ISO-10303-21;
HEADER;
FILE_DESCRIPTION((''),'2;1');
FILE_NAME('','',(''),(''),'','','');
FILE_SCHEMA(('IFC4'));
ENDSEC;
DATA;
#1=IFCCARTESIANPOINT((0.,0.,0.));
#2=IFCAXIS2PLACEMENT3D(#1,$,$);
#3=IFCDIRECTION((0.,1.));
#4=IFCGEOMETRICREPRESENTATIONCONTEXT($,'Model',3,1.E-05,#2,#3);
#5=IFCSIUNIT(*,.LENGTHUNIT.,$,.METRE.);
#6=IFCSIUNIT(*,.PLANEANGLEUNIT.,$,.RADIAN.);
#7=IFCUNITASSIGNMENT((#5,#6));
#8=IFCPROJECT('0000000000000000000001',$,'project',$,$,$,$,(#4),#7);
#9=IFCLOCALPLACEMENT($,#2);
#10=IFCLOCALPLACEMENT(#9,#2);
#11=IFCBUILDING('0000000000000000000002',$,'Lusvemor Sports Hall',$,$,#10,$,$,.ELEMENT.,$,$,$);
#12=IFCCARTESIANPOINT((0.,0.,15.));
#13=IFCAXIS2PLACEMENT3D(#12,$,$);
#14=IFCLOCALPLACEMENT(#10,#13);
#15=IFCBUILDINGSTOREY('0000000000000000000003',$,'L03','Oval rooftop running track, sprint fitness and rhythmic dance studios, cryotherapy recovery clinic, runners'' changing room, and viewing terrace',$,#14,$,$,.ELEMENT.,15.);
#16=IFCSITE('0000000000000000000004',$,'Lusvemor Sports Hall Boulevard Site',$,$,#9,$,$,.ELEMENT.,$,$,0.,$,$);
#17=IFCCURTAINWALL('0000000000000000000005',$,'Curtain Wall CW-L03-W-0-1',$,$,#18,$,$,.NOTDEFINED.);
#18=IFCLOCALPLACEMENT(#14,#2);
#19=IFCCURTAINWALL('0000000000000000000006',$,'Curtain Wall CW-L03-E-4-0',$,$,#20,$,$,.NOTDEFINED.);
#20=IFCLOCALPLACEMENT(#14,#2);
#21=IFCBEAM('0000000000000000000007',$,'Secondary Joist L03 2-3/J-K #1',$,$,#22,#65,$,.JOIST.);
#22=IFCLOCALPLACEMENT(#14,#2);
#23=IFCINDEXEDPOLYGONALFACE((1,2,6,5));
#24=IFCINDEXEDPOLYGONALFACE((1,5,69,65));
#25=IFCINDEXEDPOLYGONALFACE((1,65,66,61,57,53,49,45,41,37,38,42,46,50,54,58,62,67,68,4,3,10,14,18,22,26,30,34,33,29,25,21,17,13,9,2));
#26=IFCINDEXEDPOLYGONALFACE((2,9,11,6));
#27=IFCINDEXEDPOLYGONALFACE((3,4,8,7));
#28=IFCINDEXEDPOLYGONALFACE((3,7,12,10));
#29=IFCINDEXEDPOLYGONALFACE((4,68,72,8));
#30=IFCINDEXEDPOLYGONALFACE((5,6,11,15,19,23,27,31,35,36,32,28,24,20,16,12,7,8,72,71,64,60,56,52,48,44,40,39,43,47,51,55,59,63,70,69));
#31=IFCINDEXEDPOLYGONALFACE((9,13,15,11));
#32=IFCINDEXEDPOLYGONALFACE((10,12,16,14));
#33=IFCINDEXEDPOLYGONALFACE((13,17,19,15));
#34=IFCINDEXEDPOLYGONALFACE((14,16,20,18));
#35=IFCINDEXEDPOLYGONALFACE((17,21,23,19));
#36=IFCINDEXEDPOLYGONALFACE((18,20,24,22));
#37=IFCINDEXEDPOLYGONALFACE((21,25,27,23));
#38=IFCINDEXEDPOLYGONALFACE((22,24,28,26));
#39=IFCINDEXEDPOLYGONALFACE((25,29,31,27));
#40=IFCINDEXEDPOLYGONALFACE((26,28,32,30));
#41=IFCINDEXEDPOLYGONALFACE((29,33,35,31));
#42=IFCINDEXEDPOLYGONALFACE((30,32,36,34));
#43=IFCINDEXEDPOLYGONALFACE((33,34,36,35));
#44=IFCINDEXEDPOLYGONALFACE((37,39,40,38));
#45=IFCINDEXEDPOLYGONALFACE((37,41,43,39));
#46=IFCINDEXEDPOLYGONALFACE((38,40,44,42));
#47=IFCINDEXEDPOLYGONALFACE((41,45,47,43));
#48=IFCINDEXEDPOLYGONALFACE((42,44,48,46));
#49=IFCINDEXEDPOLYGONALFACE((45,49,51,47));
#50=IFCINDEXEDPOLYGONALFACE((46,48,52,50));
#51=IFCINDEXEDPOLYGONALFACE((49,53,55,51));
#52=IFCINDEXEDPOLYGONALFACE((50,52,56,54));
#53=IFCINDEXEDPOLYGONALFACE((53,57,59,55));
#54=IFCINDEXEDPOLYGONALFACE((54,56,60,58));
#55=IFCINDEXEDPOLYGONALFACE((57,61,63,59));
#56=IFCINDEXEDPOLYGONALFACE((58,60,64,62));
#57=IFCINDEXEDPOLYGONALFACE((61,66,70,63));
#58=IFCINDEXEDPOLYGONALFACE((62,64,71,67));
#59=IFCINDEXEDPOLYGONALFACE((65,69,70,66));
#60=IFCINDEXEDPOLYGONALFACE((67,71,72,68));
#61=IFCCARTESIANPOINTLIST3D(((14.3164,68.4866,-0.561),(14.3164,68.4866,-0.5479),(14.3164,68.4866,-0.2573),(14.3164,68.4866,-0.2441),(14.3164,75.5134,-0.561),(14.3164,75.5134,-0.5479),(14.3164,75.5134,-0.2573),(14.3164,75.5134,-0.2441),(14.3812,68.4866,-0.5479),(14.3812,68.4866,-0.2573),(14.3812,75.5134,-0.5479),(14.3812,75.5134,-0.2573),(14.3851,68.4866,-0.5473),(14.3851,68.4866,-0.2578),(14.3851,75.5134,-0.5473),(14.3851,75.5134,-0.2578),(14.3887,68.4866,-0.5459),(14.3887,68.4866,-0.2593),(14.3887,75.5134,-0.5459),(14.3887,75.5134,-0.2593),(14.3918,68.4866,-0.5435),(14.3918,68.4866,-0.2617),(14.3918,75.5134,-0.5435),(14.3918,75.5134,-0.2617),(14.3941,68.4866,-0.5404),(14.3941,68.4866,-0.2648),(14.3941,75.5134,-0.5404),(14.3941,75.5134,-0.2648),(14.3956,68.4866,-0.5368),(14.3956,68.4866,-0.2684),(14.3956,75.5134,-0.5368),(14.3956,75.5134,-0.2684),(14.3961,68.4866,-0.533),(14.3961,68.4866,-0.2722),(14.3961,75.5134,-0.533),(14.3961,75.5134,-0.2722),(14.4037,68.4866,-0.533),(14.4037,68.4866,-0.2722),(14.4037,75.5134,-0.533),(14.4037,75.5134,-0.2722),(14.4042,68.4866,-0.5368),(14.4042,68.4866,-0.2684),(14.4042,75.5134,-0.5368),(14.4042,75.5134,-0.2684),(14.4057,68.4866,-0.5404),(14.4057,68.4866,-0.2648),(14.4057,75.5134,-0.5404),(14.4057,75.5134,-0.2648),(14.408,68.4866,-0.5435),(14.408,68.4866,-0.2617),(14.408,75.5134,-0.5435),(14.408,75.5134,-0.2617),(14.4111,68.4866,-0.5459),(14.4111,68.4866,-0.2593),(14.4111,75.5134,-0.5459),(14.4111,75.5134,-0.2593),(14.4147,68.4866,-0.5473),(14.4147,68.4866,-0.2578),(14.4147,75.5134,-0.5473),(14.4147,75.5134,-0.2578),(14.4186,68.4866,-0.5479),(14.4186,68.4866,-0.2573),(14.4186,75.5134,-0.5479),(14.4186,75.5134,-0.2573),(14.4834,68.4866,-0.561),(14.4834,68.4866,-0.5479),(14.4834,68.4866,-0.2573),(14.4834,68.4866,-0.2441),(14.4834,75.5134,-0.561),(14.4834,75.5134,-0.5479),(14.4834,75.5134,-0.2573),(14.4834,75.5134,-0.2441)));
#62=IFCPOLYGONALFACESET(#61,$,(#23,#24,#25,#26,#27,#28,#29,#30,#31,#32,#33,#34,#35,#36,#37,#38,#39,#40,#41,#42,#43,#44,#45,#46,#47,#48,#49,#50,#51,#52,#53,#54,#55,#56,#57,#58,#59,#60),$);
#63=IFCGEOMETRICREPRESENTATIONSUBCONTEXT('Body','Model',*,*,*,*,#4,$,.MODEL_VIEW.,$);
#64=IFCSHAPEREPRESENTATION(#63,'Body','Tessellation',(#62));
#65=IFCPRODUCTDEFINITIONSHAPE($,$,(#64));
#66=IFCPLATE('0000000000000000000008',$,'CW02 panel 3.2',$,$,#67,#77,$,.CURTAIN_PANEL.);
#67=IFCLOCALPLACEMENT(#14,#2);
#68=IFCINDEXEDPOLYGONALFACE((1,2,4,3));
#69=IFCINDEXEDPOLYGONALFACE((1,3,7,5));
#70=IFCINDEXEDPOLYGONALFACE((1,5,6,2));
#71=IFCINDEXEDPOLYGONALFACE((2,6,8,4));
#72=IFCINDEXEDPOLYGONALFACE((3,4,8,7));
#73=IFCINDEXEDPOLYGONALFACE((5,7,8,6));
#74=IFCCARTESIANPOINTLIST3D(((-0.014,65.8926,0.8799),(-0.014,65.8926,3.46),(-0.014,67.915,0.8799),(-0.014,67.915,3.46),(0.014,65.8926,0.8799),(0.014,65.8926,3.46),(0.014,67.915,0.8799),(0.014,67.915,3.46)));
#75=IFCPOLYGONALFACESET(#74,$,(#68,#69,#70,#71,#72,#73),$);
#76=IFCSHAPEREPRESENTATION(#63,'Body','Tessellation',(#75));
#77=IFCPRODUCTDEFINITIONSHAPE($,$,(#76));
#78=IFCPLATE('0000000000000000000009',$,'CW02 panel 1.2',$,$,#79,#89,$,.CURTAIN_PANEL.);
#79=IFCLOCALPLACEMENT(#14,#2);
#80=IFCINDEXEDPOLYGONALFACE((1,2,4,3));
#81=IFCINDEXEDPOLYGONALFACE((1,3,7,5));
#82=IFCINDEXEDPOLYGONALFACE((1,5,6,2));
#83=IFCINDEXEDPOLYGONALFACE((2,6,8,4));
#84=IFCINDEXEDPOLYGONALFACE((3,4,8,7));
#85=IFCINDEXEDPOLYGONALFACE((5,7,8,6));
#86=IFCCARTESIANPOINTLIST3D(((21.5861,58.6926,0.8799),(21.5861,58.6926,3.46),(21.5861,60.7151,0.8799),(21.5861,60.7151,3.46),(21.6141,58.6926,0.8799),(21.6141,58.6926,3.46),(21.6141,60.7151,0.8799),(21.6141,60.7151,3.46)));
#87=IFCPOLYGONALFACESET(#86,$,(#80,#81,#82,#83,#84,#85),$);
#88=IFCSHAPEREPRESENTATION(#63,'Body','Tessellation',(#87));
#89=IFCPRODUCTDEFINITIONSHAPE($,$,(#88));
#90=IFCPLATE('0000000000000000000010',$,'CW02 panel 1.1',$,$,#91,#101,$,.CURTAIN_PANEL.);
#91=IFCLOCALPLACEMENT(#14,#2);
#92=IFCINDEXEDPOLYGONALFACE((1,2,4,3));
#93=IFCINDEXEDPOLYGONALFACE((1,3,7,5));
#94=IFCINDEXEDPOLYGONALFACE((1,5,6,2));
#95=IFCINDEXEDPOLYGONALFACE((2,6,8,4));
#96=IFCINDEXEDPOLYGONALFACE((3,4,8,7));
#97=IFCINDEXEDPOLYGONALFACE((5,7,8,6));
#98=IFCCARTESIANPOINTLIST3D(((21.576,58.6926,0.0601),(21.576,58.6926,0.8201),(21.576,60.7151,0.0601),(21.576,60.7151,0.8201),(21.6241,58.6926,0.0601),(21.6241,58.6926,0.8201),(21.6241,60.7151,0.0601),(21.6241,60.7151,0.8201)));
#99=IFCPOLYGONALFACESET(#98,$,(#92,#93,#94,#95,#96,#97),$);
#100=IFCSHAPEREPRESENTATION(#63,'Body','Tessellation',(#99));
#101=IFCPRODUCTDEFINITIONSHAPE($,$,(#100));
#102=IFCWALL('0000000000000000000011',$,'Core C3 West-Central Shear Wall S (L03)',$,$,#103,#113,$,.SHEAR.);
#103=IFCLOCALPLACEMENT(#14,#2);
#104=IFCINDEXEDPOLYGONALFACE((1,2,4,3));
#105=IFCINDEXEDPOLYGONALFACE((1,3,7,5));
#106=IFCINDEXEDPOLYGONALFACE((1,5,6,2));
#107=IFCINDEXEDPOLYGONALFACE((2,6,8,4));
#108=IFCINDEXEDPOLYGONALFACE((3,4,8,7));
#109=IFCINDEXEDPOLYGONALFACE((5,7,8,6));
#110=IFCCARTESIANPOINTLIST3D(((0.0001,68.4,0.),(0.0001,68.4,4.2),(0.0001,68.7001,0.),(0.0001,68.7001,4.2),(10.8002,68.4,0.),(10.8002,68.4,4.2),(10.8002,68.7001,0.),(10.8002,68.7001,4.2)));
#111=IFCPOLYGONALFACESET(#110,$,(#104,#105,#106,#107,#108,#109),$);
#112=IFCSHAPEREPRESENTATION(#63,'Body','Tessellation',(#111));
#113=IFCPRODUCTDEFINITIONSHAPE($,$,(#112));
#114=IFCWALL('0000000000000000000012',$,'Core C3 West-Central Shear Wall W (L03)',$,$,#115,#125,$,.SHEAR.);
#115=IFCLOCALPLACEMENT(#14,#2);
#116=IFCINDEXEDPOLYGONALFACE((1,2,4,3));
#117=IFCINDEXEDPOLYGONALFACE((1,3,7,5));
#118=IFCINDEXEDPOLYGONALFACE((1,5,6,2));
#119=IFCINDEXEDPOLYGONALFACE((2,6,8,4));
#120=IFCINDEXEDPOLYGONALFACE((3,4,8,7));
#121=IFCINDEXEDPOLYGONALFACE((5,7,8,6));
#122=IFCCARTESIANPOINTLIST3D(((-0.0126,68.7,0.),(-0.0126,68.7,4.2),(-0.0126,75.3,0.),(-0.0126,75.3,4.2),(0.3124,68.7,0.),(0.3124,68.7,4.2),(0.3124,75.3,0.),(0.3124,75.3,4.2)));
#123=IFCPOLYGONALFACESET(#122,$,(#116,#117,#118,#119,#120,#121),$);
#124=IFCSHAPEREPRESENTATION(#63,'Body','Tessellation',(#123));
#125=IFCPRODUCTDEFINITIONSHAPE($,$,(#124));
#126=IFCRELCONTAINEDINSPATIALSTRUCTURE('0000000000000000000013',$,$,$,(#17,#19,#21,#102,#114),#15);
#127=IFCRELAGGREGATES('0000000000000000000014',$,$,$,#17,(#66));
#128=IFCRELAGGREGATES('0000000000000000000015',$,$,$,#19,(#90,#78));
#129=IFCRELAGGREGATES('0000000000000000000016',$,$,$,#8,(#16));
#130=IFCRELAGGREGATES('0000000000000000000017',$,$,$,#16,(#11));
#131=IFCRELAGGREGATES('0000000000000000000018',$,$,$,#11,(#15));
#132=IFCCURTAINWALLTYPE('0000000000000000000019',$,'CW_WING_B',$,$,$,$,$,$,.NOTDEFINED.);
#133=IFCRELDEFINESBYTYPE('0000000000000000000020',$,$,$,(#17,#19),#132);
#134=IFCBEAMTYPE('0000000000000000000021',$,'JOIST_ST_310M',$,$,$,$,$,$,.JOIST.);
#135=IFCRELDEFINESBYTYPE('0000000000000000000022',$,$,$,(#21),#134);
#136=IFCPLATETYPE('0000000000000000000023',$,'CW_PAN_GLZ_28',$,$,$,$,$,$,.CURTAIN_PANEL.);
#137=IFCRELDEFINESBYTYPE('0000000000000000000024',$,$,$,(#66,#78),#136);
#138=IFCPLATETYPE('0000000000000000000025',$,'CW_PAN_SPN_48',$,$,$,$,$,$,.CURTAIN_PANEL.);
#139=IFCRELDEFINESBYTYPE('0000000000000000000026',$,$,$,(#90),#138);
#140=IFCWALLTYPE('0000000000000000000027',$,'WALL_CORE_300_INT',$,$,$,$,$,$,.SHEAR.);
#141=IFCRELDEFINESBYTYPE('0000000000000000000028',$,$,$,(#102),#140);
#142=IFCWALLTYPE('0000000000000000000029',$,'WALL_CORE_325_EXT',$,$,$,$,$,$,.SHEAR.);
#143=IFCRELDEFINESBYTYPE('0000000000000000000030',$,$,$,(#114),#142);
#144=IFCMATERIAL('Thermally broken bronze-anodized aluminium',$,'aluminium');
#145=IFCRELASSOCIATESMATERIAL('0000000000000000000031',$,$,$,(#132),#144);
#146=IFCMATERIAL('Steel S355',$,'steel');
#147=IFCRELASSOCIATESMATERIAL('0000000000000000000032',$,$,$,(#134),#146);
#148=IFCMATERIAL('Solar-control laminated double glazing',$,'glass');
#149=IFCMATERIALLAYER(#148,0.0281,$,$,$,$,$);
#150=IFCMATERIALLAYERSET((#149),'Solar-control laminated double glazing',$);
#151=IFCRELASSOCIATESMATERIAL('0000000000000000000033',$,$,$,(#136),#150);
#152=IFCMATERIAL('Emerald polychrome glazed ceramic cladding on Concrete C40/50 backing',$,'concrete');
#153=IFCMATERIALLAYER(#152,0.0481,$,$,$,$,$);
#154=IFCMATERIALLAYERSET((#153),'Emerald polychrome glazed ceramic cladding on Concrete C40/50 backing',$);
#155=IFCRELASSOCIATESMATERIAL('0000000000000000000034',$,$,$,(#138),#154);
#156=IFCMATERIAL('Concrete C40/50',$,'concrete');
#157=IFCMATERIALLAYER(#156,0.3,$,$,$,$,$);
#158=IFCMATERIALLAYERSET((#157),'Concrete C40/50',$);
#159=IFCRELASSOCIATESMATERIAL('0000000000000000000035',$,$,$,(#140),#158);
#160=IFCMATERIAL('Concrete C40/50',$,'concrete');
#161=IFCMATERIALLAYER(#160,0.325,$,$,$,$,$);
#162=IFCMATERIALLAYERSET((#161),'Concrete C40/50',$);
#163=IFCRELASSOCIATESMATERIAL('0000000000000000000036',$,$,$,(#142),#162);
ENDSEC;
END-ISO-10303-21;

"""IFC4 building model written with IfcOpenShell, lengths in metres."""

from ifc_helpers import new_model, si_unit, direction, frame, frame_2d, origin, origin_2d, place, context, subcontext, project, spatial, rectangle, i_section, extrude, material, layer, layer_set, material_profile, profile_set, type_object, element, aggregate, save


model = new_model("IFC4")

# Units and contexts
model_context = context("Model", 3, precision=1e-05, world=origin(), true_north=direction((0.0, 1.0)))
body_context = subcontext(model_context, "Body", "Model", "MODEL_VIEW")
ifc_project = project(units=[si_unit("LENGTHUNIT", "METRE"), si_unit("PLANEANGLEUNIT", "RADIAN")], contexts=[model_context])

# Site, building, storey
site_placement = place(None, origin())
site = spatial("IfcSite", under=ifc_project, at=site_placement, Name="Lusvemor Sports Hall Boulevard Site", CompositionType="ELEMENT", RefElevation=0.0)
building_placement = place(site_placement, origin())
building = spatial("IfcBuilding", under=site, at=building_placement, Name="Lusvemor Sports Hall", CompositionType="ELEMENT")
storey_placement = place(building_placement, frame((0.0, 0.0, 15.0)))
storey = spatial("IfcBuildingStorey", under=building, at=storey_placement, Name="L03", Description="Oval rooftop running track, sprint fitness and rhythmic dance studios, cryotherapy recovery clinic, runners' changing room, and viewing terrace", CompositionType="ELEMENT", Elevation=15.0)

# Curtain wall
ifc_material_1 = material(Name="Thermally broken bronze-anodized aluminium", Category="aluminium")
curtain_wall_type = type_object("IfcCurtainWallType", Name="CW_WING_B", PredefinedType="NOTDEFINED", material=ifc_material_1)
curtain_wall_1_placement = place(storey_placement, origin())
curtain_wall_1 = element("IfcCurtainWall", 1, at=curtain_wall_1_placement, inside=storey, type_object=curtain_wall_type, Name="Curtain Wall CW-L03-W-0-1", PredefinedType="NOTDEFINED")

# Curtain wall
curtain_wall_2_placement = place(storey_placement, origin())
curtain_wall_2 = element("IfcCurtainWall", 2, at=curtain_wall_2_placement, inside=storey, type_object=curtain_wall_type, Name="Curtain Wall CW-L03-E-4-0", PredefinedType="NOTDEFINED")

# Beam
ifc_material_2 = material(Name="Steel S355", Category="steel")
ifc_material_profile_1 = material_profile(ifc_material_2, i_section(OverallWidth=0.167, OverallDepth=0.3169, WebThickness=0.0076, FlangeThickness=0.0132, FilletRadius=0.0149, at=origin_2d()), Name="W310x52.0")
ifc_profile_set_1 = profile_set([ifc_material_profile_1], Name="Steel S355")
beam_type_1 = type_object("IfcBeamType", Name="JOIST_ST_310M", PredefinedType="JOIST", material=ifc_profile_set_1)
for number, where, z_axis, x_axis, name in (
    (3, (14.3999, 68.4866, -0.4026), (0.0, 1.0, 0.0), (-1.0, 0.0, 0.0), "Secondary Joist L03 2-3/J-K #1"),
):
    element("IfcBeam", number, at=place(storey_placement, frame(where, z_axis=z_axis, x_axis=x_axis)), inside=storey, type_object=beam_type_1, Name=name, PredefinedType="JOIST", context=body_context, shape_type="SweptSolid", body=[
        extrude(i_section(OverallWidth=0.167, OverallDepth=0.3169, WebThickness=0.0076, FlangeThickness=0.0132, FilletRadius=0.0149, at=origin_2d()), origin(), (0.0, 0.0, 1.0), 7.0269),
    ])

# Plates
ifc_material_3 = material(Name="Solar-control laminated double glazing", Category="glass")
ifc_layer_1 = layer(ifc_material_3, 0.0281)
ifc_layer_set_1 = layer_set([ifc_layer_1], Name="Solar-control laminated double glazing")
plate_type_1 = type_object("IfcPlateType", Name="CW_PAN_GLZ_28", PredefinedType="CURTAIN_PANEL", material=ifc_layer_set_1)
plate_1_placement = place(storey_placement, frame((0.0, 66.9038, 0.8799), z_axis=(0.0, 0.0, 1.0), x_axis=(0.0, 1.0, 0.0)))
plate_1 = element("IfcPlate", 4, at=plate_1_placement, type_object=plate_type_1, Name="CW02 panel 3.2", PredefinedType="CURTAIN_PANEL", context=body_context, shape_type="SweptSolid", body=[
    extrude(rectangle(XDim=2.0225, YDim=0.0281, at=origin_2d()), origin(), (0.0, 0.0, 1.0), 2.5801),
])
aggregate(curtain_wall_1, [plate_1])
plate_2_placement = place(storey_placement, frame((21.6001, 59.7039, 0.8799), z_axis=(0.0, 0.0, 1.0), x_axis=(0.0, -1.0, 0.0)))
plate_2 = element("IfcPlate", 5, at=plate_2_placement, type_object=plate_type_1, Name="CW02 panel 1.2", PredefinedType="CURTAIN_PANEL", context=body_context, shape_type="SweptSolid", body=[
    extrude(rectangle(XDim=2.0225, YDim=0.0281, at=origin_2d()), origin(), (0.0, 0.0, 1.0), 2.5801),
])
ifc_material_4 = material(Name="Emerald polychrome glazed ceramic cladding on Concrete C40/50 backing", Category="concrete")
ifc_layer_2 = layer(ifc_material_4, 0.0481)
ifc_layer_set_2 = layer_set([ifc_layer_2], Name="Emerald polychrome glazed ceramic cladding on Concrete C40/50 backing")
plate_type_2 = type_object("IfcPlateType", Name="CW_PAN_SPN_48", PredefinedType="CURTAIN_PANEL", material=ifc_layer_set_2)
plate_3_placement = place(storey_placement, frame((21.6001, 59.7039, 0.0601), z_axis=(0.0, 0.0, 1.0), x_axis=(0.0, -1.0, 0.0)))
plate_3 = element("IfcPlate", 6, at=plate_3_placement, type_object=plate_type_2, Name="CW02 panel 1.1", PredefinedType="CURTAIN_PANEL", context=body_context, shape_type="SweptSolid", body=[
    extrude(rectangle(XDim=2.0225, YDim=0.0481, at=origin_2d()), origin(), (0.0, 0.0, 1.0), 0.76),
])
aggregate(curtain_wall_2, [plate_3, plate_2])

# Wall
ifc_material_5 = material(Name="Concrete C40/50", Category="concrete")
ifc_layer_3 = layer(ifc_material_5, 0.3)
ifc_layer_set_3 = layer_set([ifc_layer_3], Name="Concrete C40/50")
wall_type_1 = type_object("IfcWallType", Name="WALL_CORE_300_INT", PredefinedType="SHEAR", material=ifc_layer_set_3)
wall_1_placement = place(storey_placement, frame((10.8, 68.55, 0.0), z_axis=(0.0, 0.0, 1.0), x_axis=(-1.0, 0.0, 0.0)))
element("IfcWall", 7, at=wall_1_placement, inside=storey, type_object=wall_type_1, Name="Core C3 West-Central Shear Wall S (L03)", PredefinedType="SHEAR", context=body_context, shape_type="SweptSolid", body=[
    extrude(rectangle(XDim=10.8, YDim=0.3, at=frame_2d((5.3999, 0.0))), origin(), (0.0, 0.0, 1.0), 4.2),
])

# Wall
ifc_material_6 = material(Name="Concrete C40/50", Category="concrete")
ifc_layer_4 = layer(ifc_material_6, 0.325)
ifc_layer_set_4 = layer_set([ifc_layer_4], Name="Concrete C40/50")
wall_type_2 = type_object("IfcWallType", Name="WALL_CORE_325_EXT", PredefinedType="SHEAR", material=ifc_layer_set_4)
wall_2_placement = place(storey_placement, frame((0.1499, 68.7, 0.0), z_axis=(0.0, 0.0, 1.0), x_axis=(0.0, 1.0, 0.0)))
element("IfcWall", 8, at=wall_2_placement, inside=storey, type_object=wall_type_2, Name="Core C3 West-Central Shear Wall W (L03)", PredefinedType="SHEAR", context=body_context, shape_type="SweptSolid", body=[
    extrude(rectangle(XDim=6.6001, YDim=0.325, at=frame_2d((3.3, 0.0))), origin(), (0.0, 0.0, 1.0), 4.2),
])

save(model, "model.ifc")
